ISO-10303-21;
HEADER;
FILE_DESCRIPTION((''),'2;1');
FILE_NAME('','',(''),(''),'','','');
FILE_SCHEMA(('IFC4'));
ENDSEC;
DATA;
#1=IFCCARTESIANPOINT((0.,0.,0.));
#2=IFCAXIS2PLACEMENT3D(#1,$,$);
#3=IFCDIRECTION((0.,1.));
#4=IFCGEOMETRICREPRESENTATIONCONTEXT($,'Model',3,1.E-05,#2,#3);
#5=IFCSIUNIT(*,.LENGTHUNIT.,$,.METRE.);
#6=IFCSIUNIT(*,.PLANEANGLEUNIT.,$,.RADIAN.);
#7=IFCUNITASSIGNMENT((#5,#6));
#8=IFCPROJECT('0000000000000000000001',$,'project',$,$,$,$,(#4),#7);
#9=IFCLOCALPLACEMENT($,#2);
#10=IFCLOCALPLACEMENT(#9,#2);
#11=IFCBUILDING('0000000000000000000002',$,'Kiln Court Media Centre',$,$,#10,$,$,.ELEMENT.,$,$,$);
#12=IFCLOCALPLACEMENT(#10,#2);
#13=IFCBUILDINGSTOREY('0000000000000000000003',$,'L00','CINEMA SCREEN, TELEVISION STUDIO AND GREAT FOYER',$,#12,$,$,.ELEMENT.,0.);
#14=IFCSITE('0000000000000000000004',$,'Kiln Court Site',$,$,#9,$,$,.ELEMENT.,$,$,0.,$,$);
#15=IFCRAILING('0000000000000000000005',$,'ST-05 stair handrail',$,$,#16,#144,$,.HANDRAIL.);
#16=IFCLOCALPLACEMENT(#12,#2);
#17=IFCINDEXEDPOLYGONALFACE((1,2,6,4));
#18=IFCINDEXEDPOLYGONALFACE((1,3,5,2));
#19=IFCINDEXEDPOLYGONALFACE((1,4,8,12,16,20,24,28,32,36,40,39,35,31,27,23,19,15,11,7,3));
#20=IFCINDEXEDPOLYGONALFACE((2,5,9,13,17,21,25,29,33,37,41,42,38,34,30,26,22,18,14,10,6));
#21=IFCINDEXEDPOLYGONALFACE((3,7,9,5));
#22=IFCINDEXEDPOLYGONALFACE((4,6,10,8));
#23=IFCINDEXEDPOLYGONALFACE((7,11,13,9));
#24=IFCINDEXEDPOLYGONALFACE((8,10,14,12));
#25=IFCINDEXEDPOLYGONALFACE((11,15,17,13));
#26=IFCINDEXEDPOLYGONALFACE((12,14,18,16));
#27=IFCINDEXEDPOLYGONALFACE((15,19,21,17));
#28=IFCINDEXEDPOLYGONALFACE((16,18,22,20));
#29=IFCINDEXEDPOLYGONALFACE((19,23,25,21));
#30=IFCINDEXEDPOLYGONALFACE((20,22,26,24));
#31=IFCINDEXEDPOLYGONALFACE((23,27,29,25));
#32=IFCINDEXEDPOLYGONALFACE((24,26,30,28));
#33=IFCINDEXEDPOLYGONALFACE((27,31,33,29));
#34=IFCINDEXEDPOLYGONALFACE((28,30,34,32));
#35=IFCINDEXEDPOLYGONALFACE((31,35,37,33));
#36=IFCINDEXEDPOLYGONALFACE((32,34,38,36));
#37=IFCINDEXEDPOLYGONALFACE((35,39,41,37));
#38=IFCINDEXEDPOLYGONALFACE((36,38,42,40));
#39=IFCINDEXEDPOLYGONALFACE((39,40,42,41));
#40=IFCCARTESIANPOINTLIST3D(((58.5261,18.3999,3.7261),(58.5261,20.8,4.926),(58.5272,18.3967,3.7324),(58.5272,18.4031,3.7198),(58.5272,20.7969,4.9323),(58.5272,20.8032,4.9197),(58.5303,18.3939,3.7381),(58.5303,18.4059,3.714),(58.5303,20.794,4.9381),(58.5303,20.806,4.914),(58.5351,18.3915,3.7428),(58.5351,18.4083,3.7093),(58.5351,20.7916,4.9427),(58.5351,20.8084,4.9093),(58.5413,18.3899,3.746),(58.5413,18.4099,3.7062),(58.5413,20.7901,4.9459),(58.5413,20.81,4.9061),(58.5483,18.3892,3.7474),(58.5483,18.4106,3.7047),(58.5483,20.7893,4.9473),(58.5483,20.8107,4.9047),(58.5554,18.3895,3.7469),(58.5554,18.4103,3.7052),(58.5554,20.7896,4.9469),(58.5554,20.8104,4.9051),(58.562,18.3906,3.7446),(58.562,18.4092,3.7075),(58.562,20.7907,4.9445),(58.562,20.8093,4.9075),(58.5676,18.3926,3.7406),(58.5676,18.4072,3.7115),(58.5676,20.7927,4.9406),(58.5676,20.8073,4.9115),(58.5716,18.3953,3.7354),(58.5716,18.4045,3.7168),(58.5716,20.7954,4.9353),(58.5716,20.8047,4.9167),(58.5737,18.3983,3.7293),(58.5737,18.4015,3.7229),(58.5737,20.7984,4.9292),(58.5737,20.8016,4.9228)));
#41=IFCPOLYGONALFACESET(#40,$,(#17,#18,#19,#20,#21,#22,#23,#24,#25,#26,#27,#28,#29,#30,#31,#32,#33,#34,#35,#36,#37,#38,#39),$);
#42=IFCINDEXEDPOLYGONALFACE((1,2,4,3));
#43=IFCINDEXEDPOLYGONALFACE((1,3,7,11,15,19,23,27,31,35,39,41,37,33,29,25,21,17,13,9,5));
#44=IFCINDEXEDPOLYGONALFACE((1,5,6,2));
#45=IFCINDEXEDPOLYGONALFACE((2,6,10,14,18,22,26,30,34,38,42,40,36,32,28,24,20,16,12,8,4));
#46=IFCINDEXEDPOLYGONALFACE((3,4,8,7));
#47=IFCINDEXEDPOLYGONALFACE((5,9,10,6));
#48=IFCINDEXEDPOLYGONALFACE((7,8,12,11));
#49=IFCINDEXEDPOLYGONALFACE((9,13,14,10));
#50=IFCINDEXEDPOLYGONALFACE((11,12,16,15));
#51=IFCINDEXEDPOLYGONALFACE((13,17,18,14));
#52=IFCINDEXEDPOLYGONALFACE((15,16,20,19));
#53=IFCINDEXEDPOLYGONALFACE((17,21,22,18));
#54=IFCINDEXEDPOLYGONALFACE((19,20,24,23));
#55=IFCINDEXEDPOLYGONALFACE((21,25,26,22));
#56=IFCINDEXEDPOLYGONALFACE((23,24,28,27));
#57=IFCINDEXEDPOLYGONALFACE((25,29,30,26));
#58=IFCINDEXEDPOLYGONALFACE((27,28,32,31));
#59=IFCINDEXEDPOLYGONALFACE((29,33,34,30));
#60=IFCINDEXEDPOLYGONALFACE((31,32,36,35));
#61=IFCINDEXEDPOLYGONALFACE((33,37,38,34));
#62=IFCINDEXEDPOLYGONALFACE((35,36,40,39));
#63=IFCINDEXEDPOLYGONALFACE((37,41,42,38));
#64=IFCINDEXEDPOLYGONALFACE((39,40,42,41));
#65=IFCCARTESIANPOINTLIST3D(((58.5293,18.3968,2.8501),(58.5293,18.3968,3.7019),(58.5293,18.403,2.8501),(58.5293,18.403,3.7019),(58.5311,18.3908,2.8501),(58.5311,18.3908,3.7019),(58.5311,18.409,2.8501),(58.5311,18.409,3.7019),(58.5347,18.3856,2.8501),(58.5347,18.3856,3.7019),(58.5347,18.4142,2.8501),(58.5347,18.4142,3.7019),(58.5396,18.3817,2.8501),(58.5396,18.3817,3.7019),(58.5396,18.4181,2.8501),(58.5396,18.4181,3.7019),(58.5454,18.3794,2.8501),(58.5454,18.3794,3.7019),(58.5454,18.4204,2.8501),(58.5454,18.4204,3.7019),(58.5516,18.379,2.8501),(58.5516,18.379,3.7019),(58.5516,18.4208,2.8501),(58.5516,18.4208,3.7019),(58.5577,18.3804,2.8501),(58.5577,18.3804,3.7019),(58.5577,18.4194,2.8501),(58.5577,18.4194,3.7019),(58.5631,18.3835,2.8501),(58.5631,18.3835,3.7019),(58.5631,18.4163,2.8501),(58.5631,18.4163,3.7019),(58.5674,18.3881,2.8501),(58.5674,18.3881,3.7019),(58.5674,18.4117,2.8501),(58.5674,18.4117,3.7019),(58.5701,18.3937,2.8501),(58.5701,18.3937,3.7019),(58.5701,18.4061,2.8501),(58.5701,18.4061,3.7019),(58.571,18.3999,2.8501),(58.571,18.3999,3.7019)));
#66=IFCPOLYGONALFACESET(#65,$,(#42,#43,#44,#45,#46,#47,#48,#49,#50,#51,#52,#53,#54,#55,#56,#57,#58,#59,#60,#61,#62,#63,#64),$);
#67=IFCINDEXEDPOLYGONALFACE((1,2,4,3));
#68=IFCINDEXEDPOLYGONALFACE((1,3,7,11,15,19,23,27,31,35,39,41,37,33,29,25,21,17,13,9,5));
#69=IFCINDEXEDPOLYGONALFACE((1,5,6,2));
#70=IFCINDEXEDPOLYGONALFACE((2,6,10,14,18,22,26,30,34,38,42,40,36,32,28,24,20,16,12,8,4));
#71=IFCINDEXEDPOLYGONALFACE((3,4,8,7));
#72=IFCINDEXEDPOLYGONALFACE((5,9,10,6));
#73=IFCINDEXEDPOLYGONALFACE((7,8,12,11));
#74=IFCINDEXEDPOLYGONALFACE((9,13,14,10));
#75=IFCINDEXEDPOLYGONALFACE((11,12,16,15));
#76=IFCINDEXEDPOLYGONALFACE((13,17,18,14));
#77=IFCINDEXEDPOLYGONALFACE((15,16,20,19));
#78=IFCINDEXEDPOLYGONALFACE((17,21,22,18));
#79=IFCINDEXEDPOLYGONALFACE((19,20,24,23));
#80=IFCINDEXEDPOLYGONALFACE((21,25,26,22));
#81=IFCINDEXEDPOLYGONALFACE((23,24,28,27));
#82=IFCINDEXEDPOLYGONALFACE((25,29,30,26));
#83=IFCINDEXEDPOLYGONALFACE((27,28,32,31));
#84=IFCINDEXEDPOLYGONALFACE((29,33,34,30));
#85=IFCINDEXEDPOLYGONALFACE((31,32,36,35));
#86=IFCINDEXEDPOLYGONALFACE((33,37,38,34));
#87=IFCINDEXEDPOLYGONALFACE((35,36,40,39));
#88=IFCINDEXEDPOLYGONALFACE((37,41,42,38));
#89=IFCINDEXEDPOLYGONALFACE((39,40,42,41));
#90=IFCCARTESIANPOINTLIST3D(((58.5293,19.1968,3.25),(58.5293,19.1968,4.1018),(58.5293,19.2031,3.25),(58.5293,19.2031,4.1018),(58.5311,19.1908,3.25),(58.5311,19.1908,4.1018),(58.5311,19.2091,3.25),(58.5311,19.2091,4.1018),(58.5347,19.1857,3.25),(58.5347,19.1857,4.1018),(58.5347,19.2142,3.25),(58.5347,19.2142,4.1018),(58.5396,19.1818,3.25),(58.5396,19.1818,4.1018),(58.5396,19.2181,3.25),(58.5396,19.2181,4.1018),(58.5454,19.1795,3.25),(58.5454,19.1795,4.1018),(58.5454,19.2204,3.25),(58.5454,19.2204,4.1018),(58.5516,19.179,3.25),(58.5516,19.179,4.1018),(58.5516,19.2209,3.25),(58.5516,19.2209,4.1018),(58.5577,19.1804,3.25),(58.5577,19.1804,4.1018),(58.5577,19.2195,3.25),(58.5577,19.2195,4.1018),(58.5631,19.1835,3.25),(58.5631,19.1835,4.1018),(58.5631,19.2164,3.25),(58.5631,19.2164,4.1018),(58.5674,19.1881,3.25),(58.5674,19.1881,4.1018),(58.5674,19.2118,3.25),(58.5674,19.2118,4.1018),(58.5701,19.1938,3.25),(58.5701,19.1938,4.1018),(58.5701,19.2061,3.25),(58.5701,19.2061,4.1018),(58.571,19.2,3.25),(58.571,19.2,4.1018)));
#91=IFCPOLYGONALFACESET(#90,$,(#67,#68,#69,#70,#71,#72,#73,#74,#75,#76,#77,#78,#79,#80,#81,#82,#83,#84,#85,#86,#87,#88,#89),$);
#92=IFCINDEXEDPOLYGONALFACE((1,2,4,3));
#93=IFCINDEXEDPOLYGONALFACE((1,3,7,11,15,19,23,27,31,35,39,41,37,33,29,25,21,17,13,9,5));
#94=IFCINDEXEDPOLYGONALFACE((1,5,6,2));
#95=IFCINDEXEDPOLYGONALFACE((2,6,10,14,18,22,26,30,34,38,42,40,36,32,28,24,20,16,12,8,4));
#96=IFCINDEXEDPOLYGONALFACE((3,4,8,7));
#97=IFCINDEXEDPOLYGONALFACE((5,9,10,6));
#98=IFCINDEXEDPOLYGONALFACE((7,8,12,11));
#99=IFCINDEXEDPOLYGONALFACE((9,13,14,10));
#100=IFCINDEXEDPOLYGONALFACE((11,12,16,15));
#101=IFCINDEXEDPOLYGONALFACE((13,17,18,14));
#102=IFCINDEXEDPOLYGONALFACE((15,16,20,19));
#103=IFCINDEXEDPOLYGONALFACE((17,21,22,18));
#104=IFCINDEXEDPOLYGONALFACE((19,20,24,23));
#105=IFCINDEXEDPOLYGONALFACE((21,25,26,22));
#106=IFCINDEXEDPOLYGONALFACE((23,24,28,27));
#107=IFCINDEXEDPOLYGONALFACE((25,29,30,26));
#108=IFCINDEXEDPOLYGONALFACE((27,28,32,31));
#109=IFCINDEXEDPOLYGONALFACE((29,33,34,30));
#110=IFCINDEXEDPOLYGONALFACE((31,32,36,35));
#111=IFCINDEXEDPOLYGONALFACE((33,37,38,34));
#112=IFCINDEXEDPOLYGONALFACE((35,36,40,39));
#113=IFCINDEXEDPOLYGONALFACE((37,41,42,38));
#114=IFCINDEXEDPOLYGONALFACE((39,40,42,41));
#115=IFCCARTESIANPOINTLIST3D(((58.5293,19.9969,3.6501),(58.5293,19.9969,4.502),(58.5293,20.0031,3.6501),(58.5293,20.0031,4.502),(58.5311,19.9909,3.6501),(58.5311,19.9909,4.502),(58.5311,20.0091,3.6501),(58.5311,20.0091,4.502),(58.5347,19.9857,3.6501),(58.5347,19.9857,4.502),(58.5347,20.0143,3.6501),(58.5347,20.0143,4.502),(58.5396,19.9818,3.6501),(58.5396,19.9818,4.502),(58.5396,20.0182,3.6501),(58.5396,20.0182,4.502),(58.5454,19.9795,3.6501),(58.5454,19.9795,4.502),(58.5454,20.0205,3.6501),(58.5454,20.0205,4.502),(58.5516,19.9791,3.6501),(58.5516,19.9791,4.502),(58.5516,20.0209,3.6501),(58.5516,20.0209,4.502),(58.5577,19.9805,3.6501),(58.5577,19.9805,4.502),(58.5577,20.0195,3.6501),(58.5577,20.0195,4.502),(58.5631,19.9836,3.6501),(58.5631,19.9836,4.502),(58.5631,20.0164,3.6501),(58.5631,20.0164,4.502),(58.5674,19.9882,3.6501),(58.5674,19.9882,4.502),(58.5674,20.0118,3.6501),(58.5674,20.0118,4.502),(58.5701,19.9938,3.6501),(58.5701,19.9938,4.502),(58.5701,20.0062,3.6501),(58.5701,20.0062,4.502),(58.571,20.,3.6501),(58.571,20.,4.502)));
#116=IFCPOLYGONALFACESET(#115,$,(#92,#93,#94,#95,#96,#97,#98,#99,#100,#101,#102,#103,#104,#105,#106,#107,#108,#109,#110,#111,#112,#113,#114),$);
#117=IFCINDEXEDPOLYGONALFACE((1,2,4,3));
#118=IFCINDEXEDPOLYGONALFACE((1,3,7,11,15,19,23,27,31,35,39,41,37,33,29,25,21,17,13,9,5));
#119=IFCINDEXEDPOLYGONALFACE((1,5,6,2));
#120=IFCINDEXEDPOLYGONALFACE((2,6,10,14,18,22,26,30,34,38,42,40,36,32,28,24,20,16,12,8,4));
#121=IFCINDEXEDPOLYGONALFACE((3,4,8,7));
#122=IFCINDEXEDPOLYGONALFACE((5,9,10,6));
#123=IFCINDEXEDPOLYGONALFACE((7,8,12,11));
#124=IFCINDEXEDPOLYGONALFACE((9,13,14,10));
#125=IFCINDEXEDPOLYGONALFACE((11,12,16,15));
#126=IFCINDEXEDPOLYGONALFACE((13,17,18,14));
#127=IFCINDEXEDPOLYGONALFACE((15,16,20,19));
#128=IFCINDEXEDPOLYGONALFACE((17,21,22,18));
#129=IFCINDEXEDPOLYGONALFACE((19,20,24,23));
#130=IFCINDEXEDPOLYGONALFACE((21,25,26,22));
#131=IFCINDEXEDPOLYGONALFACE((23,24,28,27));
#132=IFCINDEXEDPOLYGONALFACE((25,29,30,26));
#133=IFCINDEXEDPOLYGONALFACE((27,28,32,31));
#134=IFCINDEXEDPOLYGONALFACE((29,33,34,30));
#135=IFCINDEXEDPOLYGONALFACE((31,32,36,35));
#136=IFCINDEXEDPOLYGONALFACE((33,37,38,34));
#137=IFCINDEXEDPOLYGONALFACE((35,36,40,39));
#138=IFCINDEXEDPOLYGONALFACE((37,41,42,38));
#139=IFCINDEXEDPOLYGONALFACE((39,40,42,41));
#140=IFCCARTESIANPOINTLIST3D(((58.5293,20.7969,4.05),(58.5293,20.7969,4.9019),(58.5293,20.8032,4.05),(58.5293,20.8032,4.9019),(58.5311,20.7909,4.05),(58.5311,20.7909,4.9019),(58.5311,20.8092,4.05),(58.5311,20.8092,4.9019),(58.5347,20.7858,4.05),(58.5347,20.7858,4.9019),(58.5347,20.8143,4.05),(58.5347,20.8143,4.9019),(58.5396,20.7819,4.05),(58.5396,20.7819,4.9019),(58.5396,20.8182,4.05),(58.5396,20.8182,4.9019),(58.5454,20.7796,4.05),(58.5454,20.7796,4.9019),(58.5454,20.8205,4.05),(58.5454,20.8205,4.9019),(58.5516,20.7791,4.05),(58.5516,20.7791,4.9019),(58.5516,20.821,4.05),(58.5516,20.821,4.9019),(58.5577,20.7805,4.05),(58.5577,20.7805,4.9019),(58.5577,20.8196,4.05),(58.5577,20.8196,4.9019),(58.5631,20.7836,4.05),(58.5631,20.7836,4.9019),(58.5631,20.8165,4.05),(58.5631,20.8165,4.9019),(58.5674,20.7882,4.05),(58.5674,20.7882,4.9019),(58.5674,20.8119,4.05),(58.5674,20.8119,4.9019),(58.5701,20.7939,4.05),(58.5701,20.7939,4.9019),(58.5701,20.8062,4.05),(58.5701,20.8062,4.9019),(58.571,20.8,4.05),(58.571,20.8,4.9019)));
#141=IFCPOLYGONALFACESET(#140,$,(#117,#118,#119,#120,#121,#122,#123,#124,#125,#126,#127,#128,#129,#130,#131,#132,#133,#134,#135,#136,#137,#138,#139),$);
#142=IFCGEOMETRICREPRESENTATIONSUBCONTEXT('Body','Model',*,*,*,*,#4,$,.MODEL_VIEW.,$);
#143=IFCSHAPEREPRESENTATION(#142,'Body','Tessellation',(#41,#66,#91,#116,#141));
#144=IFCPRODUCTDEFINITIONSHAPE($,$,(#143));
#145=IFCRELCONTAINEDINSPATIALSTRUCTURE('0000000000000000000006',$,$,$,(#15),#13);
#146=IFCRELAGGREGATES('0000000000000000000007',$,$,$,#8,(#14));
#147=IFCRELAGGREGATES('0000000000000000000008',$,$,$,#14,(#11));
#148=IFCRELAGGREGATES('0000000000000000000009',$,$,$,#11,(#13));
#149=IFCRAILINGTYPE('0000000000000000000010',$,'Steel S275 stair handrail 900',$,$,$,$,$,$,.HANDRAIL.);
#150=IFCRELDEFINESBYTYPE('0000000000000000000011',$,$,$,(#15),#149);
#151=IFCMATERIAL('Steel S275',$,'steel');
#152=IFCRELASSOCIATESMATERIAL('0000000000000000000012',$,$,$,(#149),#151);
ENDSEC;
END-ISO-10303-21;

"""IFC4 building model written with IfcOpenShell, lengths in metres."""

from ifc_helpers import new_model, si_unit, direction, frame, origin, origin_2d, place, context, subcontext, project, spatial, circle, extrude, material, type_object, element, save


model = new_model("IFC4")

# Units and contexts
model_context = context("Model", 3, precision=1e-05, world=origin(), true_north=direction((0.0, 1.0)))
body_context = subcontext(model_context, "Body", "Model", "MODEL_VIEW")
ifc_project = project(units=[si_unit("LENGTHUNIT", "METRE"), si_unit("PLANEANGLEUNIT", "RADIAN")], contexts=[model_context])

# Site, building, storey
site_placement = place(None, origin())
site = spatial("IfcSite", under=ifc_project, at=site_placement, Name="Kiln Court Site", CompositionType="ELEMENT", RefElevation=0.0)
building_placement = place(site_placement, origin())
building = spatial("IfcBuilding", under=site, at=building_placement, Name="Kiln Court Media Centre", CompositionType="ELEMENT")
storey_placement = place(building_placement, origin())
storey = spatial("IfcBuildingStorey", under=building, at=storey_placement, Name="L00", Description="CINEMA SCREEN, TELEVISION STUDIO AND GREAT FOYER", CompositionType="ELEMENT", Elevation=0.0)

# Railing
ifc_material_1 = material(Name="Steel S275", Category="steel")
railing_type_1 = type_object("IfcRailingType", Name="Steel S275 stair handrail 900", PredefinedType="HANDRAIL", material=ifc_material_1)
railing_1_placement = place(storey_placement, frame((58.55, 18.3999, 2.8501)))
element("IfcRailing", 1, at=railing_1_placement, inside=storey, type_object=railing_type_1, Name="ST-05 stair handrail", PredefinedType="HANDRAIL", context=body_context, shape_type="SweptSolid", body=[
    extrude(circle(Radius=0.0239, at=origin_2d()), frame((0.0, 0.0, 0.876), z_axis=(0.0, 0.894445, 0.447177), x_axis=(-1.0, 0.0, 0.0)), (0.0, 0.0, 1.0), 2.6833),
    extrude(circle(Radius=0.021, at=origin_2d()), origin(), (0.0, 0.0, 1.0), 0.8518),
    extrude(circle(Radius=0.021, at=origin_2d()), frame((0.0, 0.8, 0.3999)), (0.0, 0.0, 1.0), 0.8518),
    extrude(circle(Radius=0.021, at=origin_2d()), frame((0.0, 1.6001, 0.8)), (0.0, 0.0, 1.0), 0.8518),
    extrude(circle(Radius=0.021, at=origin_2d()), frame((0.0, 2.4001, 1.2)), (0.0, 0.0, 1.0), 0.8518),
])

save(model, "model.ifc")
